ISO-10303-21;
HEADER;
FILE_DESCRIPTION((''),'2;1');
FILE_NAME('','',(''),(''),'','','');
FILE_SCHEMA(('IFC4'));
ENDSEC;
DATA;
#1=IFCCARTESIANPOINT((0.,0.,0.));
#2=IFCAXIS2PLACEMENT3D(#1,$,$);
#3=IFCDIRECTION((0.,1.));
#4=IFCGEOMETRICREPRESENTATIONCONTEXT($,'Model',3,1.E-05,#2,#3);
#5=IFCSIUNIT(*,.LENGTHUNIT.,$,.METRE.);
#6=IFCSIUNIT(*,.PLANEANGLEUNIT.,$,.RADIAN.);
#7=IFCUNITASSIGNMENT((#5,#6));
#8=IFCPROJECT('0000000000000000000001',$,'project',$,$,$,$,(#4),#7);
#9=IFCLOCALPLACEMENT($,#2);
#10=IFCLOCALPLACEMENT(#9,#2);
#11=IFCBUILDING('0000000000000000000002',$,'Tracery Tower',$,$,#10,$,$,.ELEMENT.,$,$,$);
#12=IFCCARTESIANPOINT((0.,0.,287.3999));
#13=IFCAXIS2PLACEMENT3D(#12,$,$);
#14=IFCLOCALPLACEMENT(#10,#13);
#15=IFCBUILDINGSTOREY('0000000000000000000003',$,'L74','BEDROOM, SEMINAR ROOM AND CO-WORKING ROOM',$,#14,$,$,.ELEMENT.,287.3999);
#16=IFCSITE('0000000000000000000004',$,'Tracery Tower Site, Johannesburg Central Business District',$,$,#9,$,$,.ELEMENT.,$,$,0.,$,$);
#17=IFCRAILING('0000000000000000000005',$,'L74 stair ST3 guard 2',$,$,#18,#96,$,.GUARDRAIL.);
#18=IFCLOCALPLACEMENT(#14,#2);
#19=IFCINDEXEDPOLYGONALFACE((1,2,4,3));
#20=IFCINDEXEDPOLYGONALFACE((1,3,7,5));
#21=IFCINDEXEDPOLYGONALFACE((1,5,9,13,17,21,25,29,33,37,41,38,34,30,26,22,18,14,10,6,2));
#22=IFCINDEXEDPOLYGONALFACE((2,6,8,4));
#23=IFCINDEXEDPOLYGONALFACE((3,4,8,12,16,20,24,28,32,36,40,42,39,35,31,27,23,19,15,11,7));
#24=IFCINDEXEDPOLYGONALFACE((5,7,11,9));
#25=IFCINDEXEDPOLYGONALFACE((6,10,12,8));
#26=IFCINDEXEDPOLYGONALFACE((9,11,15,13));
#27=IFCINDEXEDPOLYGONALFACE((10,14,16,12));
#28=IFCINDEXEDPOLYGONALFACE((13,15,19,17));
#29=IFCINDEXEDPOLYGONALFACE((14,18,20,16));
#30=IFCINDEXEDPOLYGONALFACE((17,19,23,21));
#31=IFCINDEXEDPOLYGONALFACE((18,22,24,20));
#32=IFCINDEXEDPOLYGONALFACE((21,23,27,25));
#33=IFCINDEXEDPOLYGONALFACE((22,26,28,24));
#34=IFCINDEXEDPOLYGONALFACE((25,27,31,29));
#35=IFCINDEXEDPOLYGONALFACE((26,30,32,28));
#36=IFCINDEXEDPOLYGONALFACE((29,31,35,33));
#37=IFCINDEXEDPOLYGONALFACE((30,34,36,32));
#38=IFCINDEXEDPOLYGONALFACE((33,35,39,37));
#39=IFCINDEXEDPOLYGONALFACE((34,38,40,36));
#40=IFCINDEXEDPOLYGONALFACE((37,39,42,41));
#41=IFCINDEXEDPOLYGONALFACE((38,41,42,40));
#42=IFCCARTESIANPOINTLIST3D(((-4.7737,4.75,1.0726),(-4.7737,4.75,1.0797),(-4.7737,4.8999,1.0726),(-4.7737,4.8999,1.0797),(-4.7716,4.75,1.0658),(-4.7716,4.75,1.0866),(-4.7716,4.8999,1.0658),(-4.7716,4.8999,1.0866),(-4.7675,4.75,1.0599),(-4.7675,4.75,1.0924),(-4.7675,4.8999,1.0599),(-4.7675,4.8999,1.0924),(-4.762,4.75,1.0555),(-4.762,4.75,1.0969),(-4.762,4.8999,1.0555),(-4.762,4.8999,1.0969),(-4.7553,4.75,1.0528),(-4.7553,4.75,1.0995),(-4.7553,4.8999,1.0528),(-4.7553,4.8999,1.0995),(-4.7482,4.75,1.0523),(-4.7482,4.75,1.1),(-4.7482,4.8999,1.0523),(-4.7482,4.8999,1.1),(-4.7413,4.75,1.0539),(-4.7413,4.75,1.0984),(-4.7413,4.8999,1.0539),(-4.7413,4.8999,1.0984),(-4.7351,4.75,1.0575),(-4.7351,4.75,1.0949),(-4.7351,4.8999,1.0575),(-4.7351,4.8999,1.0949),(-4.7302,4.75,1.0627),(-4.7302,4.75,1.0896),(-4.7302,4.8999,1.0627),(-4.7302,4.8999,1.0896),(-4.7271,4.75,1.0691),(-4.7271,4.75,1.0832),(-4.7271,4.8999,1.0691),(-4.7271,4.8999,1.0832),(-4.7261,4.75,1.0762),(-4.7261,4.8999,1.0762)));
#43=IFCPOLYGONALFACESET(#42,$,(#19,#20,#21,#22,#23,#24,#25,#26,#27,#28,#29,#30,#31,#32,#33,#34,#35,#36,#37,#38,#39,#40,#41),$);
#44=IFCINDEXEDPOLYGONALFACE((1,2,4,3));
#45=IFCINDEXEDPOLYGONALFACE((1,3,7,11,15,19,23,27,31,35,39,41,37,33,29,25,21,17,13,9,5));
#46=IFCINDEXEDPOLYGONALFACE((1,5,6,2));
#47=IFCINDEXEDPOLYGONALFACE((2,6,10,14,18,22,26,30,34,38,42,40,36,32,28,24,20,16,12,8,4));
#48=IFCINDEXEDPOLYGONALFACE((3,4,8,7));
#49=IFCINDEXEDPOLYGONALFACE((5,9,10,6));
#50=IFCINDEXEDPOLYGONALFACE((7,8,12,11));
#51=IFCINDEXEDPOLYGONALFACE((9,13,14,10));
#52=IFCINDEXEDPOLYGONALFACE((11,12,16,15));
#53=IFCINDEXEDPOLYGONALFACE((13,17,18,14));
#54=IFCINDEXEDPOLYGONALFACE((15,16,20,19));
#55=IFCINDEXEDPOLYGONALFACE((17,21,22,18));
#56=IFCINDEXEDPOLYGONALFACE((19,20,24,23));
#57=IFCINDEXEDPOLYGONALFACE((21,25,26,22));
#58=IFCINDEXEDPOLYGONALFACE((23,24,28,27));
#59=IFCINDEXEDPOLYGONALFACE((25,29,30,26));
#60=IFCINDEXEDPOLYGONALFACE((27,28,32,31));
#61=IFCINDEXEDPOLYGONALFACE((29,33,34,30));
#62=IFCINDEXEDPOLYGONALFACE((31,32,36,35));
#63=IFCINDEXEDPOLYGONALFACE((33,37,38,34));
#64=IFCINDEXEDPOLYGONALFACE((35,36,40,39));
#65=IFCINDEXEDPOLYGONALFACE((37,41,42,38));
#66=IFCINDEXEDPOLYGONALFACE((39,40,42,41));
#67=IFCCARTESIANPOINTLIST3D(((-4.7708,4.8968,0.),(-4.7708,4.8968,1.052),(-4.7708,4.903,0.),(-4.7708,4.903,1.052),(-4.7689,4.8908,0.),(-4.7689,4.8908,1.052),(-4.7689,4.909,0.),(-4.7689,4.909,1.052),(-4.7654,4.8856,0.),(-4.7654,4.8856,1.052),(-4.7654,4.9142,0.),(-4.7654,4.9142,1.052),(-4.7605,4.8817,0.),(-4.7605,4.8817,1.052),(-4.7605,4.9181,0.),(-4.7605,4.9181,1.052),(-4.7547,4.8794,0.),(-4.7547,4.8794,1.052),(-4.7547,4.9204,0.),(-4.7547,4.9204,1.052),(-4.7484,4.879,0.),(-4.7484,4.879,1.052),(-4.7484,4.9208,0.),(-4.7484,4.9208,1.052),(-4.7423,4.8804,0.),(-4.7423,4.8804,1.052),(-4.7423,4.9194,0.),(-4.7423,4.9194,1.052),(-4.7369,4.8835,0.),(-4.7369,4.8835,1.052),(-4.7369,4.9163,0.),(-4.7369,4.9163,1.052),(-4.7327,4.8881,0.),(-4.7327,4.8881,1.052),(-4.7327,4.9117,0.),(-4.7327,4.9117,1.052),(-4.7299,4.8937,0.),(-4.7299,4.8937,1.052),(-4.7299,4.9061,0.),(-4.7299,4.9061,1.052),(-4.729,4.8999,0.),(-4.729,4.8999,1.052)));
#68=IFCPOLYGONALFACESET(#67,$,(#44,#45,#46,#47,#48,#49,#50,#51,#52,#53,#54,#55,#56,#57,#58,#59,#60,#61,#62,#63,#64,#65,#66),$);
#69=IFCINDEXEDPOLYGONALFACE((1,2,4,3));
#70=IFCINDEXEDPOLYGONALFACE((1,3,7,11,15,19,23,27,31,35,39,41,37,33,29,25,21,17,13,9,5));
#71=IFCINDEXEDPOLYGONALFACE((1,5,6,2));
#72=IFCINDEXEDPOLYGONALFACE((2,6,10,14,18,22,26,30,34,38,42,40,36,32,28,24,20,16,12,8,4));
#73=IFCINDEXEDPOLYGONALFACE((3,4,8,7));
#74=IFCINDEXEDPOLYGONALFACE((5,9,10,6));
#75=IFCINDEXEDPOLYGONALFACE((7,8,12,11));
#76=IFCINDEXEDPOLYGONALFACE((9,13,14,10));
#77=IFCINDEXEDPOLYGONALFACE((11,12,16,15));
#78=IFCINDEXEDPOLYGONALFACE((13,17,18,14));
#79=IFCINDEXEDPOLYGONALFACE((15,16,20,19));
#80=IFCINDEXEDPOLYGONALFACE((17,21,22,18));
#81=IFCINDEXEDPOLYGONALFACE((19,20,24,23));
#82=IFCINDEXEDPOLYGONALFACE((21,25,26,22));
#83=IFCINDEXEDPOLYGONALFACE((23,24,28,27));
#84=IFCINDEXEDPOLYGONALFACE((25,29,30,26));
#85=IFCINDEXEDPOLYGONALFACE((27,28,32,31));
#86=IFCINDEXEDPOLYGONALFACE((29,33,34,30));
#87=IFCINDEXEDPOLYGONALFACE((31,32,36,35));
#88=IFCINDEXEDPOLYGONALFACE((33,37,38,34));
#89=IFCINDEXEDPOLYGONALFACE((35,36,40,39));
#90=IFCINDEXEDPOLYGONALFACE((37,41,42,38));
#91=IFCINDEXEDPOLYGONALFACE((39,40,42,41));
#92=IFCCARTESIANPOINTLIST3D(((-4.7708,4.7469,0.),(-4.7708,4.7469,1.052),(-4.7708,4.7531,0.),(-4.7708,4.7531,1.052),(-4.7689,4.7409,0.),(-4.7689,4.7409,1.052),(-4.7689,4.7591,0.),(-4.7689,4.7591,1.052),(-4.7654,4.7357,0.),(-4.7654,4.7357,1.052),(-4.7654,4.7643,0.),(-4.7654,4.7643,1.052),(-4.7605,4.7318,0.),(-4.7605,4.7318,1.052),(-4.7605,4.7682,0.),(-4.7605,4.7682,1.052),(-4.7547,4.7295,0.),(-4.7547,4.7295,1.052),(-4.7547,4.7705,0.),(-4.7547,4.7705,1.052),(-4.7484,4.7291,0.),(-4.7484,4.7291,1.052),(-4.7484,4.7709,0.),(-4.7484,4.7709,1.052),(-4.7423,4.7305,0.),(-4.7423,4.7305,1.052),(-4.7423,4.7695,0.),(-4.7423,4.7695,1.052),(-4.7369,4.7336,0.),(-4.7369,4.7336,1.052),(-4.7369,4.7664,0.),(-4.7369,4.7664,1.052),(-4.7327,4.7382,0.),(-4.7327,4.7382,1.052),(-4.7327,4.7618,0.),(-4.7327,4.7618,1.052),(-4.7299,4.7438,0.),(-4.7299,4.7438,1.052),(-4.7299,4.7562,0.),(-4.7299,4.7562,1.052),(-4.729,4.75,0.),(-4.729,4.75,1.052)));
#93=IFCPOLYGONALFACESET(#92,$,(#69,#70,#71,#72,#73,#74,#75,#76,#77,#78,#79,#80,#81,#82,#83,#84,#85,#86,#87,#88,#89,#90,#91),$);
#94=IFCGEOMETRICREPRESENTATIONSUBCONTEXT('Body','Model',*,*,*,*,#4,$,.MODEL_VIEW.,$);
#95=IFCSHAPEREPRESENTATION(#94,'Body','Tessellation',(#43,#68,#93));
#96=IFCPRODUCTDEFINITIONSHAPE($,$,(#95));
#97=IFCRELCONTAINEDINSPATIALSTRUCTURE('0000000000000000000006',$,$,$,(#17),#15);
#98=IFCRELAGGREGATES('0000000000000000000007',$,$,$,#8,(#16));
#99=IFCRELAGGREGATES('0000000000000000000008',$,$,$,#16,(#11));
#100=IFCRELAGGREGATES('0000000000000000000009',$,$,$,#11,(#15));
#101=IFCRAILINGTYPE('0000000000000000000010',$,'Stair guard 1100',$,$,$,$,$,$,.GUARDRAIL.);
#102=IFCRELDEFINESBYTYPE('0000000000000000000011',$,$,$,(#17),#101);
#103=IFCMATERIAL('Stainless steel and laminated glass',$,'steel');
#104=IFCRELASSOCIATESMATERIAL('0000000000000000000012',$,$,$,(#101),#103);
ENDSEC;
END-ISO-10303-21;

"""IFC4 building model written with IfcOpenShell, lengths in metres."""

from ifc_helpers import new_model, si_unit, direction, frame, origin, origin_2d, place, context, subcontext, project, spatial, circle, extrude, material, type_object, element, save


model = new_model("IFC4")

# Units and contexts
model_context = context("Model", 3, precision=1e-05, world=origin(), true_north=direction((0.0, 1.0)))
body_context = subcontext(model_context, "Body", "Model", "MODEL_VIEW")
ifc_project = project(units=[si_unit("LENGTHUNIT", "METRE"), si_unit("PLANEANGLEUNIT", "RADIAN")], contexts=[model_context])

# Site, building, storey
site_placement = place(None, origin())
site = spatial("IfcSite", under=ifc_project, at=site_placement, Name="Tracery Tower Site, Johannesburg Central Business District", CompositionType="ELEMENT", RefElevation=0.0)
building_placement = place(site_placement, origin())
building = spatial("IfcBuilding", under=site, at=building_placement, Name="Tracery Tower", CompositionType="ELEMENT")
storey_placement = place(building_placement, frame((0.0, 0.0, 287.3999)))
storey = spatial("IfcBuildingStorey", under=building, at=storey_placement, Name="L74", Description="BEDROOM, SEMINAR ROOM AND CO-WORKING ROOM", CompositionType="ELEMENT", Elevation=287.3999)

# Railing
ifc_material_1 = material(Name="Stainless steel and laminated glass", Category="steel")
railing_type_1 = type_object("IfcRailingType", Name="Stair guard 1100", PredefinedType="GUARDRAIL", material=ifc_material_1)
railing_1_placement = place(storey_placement, frame((-4.75, 4.8999, 0.0)))
element("IfcRailing", 1, at=railing_1_placement, inside=storey, type_object=railing_type_1, Name="L74 stair ST3 guard 2", PredefinedType="GUARDRAIL", context=body_context, shape_type="SweptSolid", body=[
    extrude(circle(Radius=0.0239, at=origin_2d()), frame((0.0, 0.0, 1.0762), z_axis=(0.0, -1.0, 0.0), x_axis=(1.0, 0.0, 0.0)), (0.0, 0.0, 1.0), 0.1499),
    extrude(circle(Radius=0.021, at=origin_2d()), origin(), (0.0, 0.0, 1.0), 1.052),
    extrude(circle(Radius=0.021, at=origin_2d()), frame((0.0, -0.1499, 0.0)), (0.0, 0.0, 1.0), 1.052),
])

save(model, "model.ifc")
